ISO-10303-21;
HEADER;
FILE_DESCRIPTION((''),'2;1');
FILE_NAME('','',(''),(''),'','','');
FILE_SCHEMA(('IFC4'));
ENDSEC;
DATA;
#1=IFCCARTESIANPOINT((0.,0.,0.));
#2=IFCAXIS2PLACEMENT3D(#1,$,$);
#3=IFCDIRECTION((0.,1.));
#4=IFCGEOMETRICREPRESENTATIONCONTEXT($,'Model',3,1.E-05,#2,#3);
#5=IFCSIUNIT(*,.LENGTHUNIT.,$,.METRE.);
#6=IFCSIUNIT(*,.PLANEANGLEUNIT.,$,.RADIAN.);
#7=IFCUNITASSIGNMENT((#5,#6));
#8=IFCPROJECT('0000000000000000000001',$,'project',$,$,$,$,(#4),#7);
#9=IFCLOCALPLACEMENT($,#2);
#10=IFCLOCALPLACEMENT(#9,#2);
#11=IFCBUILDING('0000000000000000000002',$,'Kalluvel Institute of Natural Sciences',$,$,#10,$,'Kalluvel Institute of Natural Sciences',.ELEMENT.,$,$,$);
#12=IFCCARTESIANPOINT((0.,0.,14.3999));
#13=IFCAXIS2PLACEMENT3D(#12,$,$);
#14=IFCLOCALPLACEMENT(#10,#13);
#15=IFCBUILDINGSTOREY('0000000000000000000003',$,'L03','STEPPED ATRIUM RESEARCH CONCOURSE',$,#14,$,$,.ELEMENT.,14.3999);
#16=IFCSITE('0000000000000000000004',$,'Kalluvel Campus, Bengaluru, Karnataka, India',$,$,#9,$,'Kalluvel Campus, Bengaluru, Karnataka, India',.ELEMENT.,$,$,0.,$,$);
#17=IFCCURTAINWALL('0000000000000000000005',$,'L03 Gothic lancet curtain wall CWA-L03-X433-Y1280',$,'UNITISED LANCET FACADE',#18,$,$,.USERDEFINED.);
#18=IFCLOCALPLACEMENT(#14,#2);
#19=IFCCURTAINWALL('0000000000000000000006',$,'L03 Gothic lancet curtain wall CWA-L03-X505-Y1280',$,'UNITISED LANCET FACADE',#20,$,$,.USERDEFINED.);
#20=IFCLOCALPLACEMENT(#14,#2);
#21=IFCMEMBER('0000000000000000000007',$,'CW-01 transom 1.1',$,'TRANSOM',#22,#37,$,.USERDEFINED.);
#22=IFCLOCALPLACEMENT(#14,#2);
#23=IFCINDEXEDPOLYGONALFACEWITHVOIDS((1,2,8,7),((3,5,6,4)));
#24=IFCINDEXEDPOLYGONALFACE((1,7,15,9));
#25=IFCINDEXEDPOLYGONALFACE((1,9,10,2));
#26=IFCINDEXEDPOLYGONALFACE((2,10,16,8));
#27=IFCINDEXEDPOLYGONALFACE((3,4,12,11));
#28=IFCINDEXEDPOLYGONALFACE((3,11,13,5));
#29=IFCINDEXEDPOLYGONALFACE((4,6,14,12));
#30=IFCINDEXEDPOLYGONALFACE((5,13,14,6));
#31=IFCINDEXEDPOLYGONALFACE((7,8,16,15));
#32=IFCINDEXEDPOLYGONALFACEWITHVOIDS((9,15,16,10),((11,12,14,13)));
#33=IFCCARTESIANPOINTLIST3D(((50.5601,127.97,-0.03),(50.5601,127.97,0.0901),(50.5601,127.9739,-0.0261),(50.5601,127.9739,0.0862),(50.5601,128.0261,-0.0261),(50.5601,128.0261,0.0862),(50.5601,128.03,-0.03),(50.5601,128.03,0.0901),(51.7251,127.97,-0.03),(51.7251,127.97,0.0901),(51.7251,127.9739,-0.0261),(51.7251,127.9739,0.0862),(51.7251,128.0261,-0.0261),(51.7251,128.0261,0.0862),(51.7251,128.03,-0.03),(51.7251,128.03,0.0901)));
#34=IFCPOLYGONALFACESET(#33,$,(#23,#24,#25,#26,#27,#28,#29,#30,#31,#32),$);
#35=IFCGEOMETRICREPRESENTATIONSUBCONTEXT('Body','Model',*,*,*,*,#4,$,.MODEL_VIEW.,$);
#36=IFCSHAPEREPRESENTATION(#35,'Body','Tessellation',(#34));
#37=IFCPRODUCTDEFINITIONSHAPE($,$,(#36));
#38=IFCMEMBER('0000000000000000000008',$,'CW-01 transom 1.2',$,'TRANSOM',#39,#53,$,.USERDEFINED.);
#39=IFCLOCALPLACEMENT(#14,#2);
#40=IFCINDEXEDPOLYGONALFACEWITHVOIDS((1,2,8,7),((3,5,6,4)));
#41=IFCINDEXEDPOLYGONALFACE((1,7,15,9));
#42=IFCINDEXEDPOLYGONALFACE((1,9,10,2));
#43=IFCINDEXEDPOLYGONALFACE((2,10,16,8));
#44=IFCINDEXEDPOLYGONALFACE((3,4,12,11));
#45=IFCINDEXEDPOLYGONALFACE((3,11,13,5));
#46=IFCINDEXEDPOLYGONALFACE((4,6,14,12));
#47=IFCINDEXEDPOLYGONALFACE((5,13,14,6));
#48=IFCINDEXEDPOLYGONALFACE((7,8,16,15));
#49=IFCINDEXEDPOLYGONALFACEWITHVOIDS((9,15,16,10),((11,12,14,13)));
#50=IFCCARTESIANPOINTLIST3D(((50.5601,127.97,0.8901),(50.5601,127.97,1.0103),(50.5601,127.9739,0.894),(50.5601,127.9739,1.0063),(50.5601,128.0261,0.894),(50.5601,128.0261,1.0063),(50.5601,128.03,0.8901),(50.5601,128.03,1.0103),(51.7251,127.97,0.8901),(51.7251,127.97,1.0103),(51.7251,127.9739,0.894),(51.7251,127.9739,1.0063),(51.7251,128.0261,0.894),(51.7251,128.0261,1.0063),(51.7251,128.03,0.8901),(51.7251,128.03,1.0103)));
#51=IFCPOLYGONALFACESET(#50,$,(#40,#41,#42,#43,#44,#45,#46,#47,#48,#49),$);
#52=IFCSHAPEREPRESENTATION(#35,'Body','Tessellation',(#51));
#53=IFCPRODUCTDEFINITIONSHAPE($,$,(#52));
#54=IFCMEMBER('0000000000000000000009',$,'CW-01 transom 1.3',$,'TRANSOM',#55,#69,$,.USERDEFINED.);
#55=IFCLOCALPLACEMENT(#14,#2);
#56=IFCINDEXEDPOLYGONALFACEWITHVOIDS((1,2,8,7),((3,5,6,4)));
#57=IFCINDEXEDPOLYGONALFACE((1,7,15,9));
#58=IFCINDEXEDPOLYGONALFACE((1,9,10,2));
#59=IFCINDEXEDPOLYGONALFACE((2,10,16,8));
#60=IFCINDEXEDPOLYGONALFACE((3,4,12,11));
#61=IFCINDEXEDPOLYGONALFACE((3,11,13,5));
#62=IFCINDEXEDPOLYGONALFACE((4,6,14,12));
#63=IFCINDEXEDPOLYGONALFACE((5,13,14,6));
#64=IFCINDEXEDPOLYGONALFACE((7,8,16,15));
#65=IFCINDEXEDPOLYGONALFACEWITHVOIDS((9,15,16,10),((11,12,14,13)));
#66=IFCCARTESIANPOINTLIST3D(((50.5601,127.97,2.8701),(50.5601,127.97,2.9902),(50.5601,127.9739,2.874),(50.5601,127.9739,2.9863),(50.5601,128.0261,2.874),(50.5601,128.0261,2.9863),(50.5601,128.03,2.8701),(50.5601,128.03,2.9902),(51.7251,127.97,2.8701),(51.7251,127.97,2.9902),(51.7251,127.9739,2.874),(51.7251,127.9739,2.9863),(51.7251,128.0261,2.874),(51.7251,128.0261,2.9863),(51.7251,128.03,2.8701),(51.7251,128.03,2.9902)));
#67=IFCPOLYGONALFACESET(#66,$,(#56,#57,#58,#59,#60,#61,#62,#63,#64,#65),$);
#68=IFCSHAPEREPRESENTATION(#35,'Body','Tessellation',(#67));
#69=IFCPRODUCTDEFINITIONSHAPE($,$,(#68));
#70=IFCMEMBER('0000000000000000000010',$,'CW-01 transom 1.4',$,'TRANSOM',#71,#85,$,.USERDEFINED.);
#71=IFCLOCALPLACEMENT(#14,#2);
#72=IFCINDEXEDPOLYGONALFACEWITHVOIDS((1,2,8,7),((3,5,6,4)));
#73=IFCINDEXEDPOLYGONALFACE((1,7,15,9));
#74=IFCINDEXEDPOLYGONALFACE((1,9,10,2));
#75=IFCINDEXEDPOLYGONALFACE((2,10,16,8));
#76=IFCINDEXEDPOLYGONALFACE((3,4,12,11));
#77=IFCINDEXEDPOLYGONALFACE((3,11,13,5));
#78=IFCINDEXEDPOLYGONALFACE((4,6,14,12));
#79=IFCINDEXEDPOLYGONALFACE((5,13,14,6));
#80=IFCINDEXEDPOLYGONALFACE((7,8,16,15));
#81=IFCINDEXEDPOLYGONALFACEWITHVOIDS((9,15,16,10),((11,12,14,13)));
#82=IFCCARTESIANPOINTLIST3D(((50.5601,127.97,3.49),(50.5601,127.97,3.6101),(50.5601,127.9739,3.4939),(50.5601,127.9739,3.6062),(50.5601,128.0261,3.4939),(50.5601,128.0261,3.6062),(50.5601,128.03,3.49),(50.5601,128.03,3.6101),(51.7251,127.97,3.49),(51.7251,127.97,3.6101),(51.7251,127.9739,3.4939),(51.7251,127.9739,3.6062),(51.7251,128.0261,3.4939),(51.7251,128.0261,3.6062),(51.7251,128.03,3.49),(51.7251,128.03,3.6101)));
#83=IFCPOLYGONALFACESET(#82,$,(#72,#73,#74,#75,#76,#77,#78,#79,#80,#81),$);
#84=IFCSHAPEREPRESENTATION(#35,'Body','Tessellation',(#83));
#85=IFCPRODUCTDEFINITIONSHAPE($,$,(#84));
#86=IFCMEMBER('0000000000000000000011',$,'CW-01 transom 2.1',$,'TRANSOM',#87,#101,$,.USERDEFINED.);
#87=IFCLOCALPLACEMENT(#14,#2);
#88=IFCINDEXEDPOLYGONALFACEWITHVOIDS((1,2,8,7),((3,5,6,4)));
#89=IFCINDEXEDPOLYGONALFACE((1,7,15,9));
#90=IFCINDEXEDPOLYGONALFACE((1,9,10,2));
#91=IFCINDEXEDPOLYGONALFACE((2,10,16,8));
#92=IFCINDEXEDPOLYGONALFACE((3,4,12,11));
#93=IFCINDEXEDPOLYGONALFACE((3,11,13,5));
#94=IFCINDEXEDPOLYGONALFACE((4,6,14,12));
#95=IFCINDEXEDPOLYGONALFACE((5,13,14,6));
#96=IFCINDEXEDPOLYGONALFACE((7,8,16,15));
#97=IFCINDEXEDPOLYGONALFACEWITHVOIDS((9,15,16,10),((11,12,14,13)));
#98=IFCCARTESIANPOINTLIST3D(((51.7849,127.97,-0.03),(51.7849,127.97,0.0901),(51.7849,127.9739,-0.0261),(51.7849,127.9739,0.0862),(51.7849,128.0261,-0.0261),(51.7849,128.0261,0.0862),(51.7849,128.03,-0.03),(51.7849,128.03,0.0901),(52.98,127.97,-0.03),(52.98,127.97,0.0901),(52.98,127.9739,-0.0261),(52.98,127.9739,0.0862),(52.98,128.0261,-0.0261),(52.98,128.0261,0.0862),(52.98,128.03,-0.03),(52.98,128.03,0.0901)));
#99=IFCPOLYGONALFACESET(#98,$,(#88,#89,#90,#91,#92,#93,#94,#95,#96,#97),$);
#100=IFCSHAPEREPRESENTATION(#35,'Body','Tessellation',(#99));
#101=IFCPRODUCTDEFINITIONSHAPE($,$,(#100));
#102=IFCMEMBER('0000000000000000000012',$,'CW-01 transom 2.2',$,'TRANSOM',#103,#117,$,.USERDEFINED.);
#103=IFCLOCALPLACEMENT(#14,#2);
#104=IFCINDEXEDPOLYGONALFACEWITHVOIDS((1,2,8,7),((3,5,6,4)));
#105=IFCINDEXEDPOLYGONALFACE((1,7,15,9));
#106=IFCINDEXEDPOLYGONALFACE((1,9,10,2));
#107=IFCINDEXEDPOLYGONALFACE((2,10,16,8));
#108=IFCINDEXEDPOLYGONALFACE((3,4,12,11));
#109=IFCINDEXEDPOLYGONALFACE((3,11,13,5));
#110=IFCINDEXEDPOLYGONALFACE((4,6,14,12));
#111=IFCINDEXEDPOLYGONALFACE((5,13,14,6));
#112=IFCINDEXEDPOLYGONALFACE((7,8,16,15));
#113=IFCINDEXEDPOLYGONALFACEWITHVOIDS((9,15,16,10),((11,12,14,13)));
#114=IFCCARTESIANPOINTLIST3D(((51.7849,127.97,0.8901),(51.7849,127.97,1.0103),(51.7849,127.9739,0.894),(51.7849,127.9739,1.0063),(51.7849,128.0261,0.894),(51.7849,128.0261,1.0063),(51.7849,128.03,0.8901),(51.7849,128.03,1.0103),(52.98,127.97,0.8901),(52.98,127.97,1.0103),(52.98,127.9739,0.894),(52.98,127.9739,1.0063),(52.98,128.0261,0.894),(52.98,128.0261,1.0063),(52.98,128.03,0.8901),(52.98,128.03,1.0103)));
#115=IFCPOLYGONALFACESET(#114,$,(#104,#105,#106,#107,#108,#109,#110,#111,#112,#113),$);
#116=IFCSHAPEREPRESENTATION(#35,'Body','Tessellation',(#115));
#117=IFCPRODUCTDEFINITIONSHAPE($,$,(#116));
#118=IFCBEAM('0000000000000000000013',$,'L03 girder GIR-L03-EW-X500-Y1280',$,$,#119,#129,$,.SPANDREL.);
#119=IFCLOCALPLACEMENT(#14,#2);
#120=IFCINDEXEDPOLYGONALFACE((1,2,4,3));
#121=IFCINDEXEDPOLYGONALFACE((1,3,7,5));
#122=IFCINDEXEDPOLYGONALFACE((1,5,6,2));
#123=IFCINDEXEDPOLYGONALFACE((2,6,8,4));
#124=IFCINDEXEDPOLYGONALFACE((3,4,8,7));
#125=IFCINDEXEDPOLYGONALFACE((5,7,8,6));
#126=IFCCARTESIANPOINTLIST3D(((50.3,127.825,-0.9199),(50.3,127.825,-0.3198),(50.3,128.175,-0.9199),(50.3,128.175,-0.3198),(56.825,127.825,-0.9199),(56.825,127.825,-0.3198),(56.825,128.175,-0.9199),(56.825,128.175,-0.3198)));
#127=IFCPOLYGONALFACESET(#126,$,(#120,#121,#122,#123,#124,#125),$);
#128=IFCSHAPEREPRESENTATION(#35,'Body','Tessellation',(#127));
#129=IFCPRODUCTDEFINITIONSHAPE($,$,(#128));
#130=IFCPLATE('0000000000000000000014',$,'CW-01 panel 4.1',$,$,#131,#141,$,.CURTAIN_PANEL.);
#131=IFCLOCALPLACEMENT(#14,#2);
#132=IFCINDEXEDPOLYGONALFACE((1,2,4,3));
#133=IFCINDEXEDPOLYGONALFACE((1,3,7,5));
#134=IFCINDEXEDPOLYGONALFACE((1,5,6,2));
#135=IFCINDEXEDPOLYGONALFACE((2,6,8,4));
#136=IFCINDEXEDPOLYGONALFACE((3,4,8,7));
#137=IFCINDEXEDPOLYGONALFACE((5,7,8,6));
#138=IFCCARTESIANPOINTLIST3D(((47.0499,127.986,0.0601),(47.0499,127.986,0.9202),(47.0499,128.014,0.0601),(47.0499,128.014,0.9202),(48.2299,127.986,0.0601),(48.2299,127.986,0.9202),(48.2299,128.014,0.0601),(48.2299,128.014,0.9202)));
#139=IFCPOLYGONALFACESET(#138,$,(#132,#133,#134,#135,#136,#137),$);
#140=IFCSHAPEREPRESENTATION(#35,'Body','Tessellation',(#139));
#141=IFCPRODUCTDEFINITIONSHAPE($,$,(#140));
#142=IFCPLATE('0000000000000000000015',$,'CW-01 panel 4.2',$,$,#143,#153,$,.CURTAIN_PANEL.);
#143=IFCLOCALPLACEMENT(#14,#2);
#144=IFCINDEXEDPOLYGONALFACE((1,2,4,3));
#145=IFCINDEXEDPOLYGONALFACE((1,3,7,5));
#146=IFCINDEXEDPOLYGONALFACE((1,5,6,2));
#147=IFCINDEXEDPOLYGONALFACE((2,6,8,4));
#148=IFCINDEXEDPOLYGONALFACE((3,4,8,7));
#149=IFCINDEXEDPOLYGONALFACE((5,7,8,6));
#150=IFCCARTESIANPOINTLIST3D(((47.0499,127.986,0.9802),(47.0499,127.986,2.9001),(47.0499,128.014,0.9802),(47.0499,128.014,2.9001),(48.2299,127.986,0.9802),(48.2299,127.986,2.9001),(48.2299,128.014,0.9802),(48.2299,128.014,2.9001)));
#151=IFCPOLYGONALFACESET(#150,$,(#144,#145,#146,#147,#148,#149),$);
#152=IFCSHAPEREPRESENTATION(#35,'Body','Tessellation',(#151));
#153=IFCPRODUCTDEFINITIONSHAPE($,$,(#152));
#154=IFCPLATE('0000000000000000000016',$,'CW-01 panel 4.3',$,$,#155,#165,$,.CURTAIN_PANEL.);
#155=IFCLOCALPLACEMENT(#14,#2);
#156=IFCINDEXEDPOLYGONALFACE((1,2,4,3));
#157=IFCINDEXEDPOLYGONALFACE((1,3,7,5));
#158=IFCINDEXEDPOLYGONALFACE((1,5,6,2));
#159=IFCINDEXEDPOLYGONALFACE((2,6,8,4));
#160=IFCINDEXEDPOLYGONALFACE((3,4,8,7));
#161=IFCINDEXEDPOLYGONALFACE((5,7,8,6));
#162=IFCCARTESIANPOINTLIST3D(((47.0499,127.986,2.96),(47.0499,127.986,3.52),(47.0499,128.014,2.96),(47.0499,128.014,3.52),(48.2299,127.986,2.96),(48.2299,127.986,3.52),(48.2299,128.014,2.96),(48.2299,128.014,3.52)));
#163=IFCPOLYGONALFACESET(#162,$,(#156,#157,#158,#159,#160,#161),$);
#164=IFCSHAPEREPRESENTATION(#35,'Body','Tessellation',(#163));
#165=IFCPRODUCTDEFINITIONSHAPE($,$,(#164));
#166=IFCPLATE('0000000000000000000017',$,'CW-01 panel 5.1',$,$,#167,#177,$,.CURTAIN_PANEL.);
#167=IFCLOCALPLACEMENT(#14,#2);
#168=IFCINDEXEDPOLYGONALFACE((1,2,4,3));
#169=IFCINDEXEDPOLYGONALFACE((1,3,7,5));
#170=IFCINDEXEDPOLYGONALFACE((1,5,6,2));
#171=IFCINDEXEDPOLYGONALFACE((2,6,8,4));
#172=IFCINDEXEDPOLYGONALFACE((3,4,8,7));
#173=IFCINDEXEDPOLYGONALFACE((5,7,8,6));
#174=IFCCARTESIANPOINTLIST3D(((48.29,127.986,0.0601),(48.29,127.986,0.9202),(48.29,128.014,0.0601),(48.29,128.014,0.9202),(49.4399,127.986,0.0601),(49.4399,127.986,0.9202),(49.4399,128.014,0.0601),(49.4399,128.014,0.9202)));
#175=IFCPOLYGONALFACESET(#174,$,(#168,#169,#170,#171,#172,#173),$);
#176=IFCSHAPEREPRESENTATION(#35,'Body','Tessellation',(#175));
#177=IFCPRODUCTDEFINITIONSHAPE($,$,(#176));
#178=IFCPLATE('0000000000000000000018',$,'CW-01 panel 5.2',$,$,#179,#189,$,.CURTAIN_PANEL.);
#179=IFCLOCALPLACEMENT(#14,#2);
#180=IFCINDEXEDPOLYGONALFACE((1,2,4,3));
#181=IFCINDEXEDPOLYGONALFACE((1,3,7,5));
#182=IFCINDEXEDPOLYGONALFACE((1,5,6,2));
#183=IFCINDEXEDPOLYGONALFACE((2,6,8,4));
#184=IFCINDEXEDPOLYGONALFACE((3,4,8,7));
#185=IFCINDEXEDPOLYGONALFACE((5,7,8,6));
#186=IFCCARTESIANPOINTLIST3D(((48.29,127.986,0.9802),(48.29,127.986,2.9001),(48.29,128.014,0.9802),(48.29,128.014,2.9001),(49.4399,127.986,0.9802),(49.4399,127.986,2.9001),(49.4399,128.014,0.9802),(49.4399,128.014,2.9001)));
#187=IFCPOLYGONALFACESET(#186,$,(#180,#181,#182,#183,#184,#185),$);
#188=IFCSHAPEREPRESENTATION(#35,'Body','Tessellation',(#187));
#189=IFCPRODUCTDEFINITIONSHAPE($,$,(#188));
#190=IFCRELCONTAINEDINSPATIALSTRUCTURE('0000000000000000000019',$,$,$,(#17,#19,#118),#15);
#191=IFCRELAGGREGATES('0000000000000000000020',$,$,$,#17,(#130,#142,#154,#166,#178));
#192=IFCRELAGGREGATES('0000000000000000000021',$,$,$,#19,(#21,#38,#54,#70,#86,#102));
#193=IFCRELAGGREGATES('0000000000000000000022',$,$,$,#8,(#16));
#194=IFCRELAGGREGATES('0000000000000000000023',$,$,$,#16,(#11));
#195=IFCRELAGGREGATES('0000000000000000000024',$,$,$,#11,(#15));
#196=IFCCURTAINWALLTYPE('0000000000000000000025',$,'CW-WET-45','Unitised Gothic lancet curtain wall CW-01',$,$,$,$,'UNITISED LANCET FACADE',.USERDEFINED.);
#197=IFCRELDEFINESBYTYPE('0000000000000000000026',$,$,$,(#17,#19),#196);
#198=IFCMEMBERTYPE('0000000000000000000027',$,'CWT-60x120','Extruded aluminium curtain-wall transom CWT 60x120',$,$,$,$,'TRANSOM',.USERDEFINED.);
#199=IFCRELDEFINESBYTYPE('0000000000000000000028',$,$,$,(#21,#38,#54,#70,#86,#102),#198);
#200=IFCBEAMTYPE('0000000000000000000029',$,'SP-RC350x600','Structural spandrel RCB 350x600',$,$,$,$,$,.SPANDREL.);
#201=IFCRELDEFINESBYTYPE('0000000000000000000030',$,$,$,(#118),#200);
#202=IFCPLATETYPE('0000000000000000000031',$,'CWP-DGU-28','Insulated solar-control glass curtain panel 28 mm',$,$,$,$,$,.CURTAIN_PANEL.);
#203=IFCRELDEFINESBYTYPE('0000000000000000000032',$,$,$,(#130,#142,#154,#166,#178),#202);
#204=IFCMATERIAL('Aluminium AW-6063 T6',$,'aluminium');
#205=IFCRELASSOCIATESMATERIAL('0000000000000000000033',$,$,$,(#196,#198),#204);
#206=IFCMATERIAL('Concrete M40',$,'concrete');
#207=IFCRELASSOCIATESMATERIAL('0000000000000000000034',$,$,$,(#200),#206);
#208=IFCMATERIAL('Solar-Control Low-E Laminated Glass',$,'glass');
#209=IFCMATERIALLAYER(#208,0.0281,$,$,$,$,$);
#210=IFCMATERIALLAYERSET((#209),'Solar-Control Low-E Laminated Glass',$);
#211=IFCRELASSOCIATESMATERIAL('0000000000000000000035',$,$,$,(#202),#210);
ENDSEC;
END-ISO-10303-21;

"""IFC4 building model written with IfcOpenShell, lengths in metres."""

from ifc_helpers import new_model, si_unit, direction, frame, origin, origin_2d, place, context, subcontext, project, spatial, rectangle, hollow_rectangle, extrude, material, layer, layer_set, material_profile, profile_set, type_object, element, aggregate, save


model = new_model("IFC4")

# Units and contexts
model_context = context("Model", 3, precision=1e-05, world=origin(), true_north=direction((0.0, 1.0)))
body_context = subcontext(model_context, "Body", "Model", "MODEL_VIEW")
ifc_project = project(units=[si_unit("LENGTHUNIT", "METRE"), si_unit("PLANEANGLEUNIT", "RADIAN")], contexts=[model_context])

# Site, building, storey
site_placement = place(None, origin())
site = spatial("IfcSite", under=ifc_project, at=site_placement, Name="Kalluvel Campus, Bengaluru, Karnataka, India", LongName="Kalluvel Campus, Bengaluru, Karnataka, India", CompositionType="ELEMENT", RefElevation=0.0)
building_placement = place(site_placement, origin())
building = spatial("IfcBuilding", under=site, at=building_placement, Name="Kalluvel Institute of Natural Sciences", LongName="Kalluvel Institute of Natural Sciences", CompositionType="ELEMENT")
storey_placement = place(building_placement, frame((0.0, 0.0, 14.3999)))
storey = spatial("IfcBuildingStorey", under=building, at=storey_placement, Name="L03", Description="STEPPED ATRIUM RESEARCH CONCOURSE", CompositionType="ELEMENT", Elevation=14.3999)

# Curtain walls
ifc_material_1 = material(Name="Aluminium AW-6063 T6", Category="aluminium")
curtain_wall_type = type_object("IfcCurtainWallType", Name="CW-WET-45", Description="Unitised Gothic lancet curtain wall CW-01", ElementType="UNITISED LANCET FACADE", PredefinedType="USERDEFINED", material=ifc_material_1)
curtain_wall_1_placement = place(storey_placement, origin())
curtain_wall_1 = element("IfcCurtainWall", 1, at=curtain_wall_1_placement, inside=storey, type_object=curtain_wall_type, Name="L03 Gothic lancet curtain wall CWA-L03-X433-Y1280", ObjectType="UNITISED LANCET FACADE", PredefinedType="USERDEFINED")
curtain_wall_2_placement = place(storey_placement, origin())
curtain_wall_2 = element("IfcCurtainWall", 2, at=curtain_wall_2_placement, inside=storey, type_object=curtain_wall_type, Name="L03 Gothic lancet curtain wall CWA-L03-X505-Y1280", ObjectType="UNITISED LANCET FACADE", PredefinedType="USERDEFINED")

# Members
ifc_material_profile_1 = material_profile(ifc_material_1, hollow_rectangle(XDim=0.0601, YDim=0.1201, WallThickness=0.0039, at=origin_2d()), Name="CWT 60x120")
ifc_profile_set_1 = profile_set([ifc_material_profile_1], Name="Aluminium AW-6063 T6")
member_type_1 = type_object("IfcMemberType", Name="CWT-60x120", Description="Extruded aluminium curtain-wall transom CWT 60x120", ElementType="TRANSOM", PredefinedType="USERDEFINED", material=ifc_profile_set_1)
member_1_placement = place(storey_placement, frame((50.5601, 128.0, 0.03), z_axis=(1.0, 0.0, 0.0), x_axis=(0.0, 1.0, 0.0)))
member_1 = element("IfcMember", 3, at=member_1_placement, type_object=member_type_1, Name="CW-01 transom 1.1", ObjectType="TRANSOM", PredefinedType="USERDEFINED", context=body_context, shape_type="SweptSolid", body=[
    extrude(hollow_rectangle(XDim=0.0601, YDim=0.1201, WallThickness=0.0039, at=origin_2d()), origin(), (0.0, 0.0, 1.0), 1.165),
])
member_2_placement = place(storey_placement, frame((50.5601, 128.0, 0.9502), z_axis=(1.0, 0.0, 0.0), x_axis=(0.0, 1.0, 0.0)))
member_2 = element("IfcMember", 4, at=member_2_placement, type_object=member_type_1, Name="CW-01 transom 1.2", ObjectType="TRANSOM", PredefinedType="USERDEFINED", context=body_context, shape_type="SweptSolid", body=[
    extrude(hollow_rectangle(XDim=0.0601, YDim=0.1201, WallThickness=0.0039, at=origin_2d()), origin(), (0.0, 0.0, 1.0), 1.165),
])
member_3_placement = place(storey_placement, frame((50.5601, 128.0, 2.9302), z_axis=(1.0, 0.0, 0.0), x_axis=(0.0, 1.0, 0.0)))
member_3 = element("IfcMember", 5, at=member_3_placement, type_object=member_type_1, Name="CW-01 transom 1.3", ObjectType="TRANSOM", PredefinedType="USERDEFINED", context=body_context, shape_type="SweptSolid", body=[
    extrude(hollow_rectangle(XDim=0.0601, YDim=0.1201, WallThickness=0.0039, at=origin_2d()), origin(), (0.0, 0.0, 1.0), 1.165),
])
member_4_placement = place(storey_placement, frame((50.5601, 128.0, 3.55), z_axis=(1.0, 0.0, 0.0), x_axis=(0.0, 1.0, 0.0)))
member_4 = element("IfcMember", 6, at=member_4_placement, type_object=member_type_1, Name="CW-01 transom 1.4", ObjectType="TRANSOM", PredefinedType="USERDEFINED", context=body_context, shape_type="SweptSolid", body=[
    extrude(hollow_rectangle(XDim=0.0601, YDim=0.1201, WallThickness=0.0039, at=origin_2d()), origin(), (0.0, 0.0, 1.0), 1.165),
])
member_5_placement = place(storey_placement, frame((51.7849, 128.0, 0.03), z_axis=(1.0, 0.0, 0.0), x_axis=(0.0, 1.0, 0.0)))
member_5 = element("IfcMember", 7, at=member_5_placement, type_object=member_type_1, Name="CW-01 transom 2.1", ObjectType="TRANSOM", PredefinedType="USERDEFINED", context=body_context, shape_type="SweptSolid", body=[
    extrude(hollow_rectangle(XDim=0.0601, YDim=0.1201, WallThickness=0.0039, at=origin_2d()), origin(), (0.0, 0.0, 1.0), 1.1951),
])
member_6_placement = place(storey_placement, frame((51.7849, 128.0, 0.9502), z_axis=(1.0, 0.0, 0.0), x_axis=(0.0, 1.0, 0.0)))
member_6 = element("IfcMember", 8, at=member_6_placement, type_object=member_type_1, Name="CW-01 transom 2.2", ObjectType="TRANSOM", PredefinedType="USERDEFINED", context=body_context, shape_type="SweptSolid", body=[
    extrude(hollow_rectangle(XDim=0.0601, YDim=0.1201, WallThickness=0.0039, at=origin_2d()), origin(), (0.0, 0.0, 1.0), 1.1951),
])

# Beam
ifc_material_2 = material(Name="Concrete M40", Category="concrete")
ifc_material_profile_2 = material_profile(ifc_material_2, rectangle(XDim=0.3501, YDim=0.6001, at=origin_2d()), Name="RCB 350x600")
ifc_profile_set_2 = profile_set([ifc_material_profile_2], Name="Concrete M40")
beam_type = type_object("IfcBeamType", Name="SP-RC350x600", Description="Structural spandrel RCB 350x600", PredefinedType="SPANDREL", material=ifc_profile_set_2)
beam_placement = place(storey_placement, frame((50.3, 128.0, -0.6199), z_axis=(1.0, 0.0, 0.0), x_axis=(0.0, 1.0, 0.0)))
element("IfcBeam", 9, at=beam_placement, inside=storey, type_object=beam_type, Name="L03 girder GIR-L03-EW-X500-Y1280", PredefinedType="SPANDREL", context=body_context, shape_type="SweptSolid", body=[
    extrude(rectangle(XDim=0.3501, YDim=0.6001, at=origin_2d()), origin(), (0.0, 0.0, 1.0), 6.5249),
])

# Plates
ifc_material_3 = material(Name="Solar-Control Low-E Laminated Glass", Category="glass")
ifc_layer = layer(ifc_material_3, 0.0281)
ifc_layer_set = layer_set([ifc_layer], Name="Solar-Control Low-E Laminated Glass")
plate_type = type_object("IfcPlateType", Name="CWP-DGU-28", Description="Insulated solar-control glass curtain panel 28 mm", PredefinedType="CURTAIN_PANEL", material=ifc_layer_set)
plate_1_placement = place(storey_placement, frame((47.6399, 128.0, 0.0601), z_axis=(0.0, 0.0, 1.0), x_axis=(1.0, 0.0, 0.0)))
plate_1 = element("IfcPlate", 10, at=plate_1_placement, type_object=plate_type, Name="CW-01 panel 4.1", PredefinedType="CURTAIN_PANEL", context=body_context, shape_type="SweptSolid", body=[
    extrude(rectangle(XDim=1.1799, YDim=0.0281, at=origin_2d()), origin(), (0.0, 0.0, 1.0), 0.8601),
])
plate_2_placement = place(storey_placement, frame((47.6399, 128.0, 0.9802), z_axis=(0.0, 0.0, 1.0), x_axis=(1.0, 0.0, 0.0)))
plate_2 = element("IfcPlate", 11, at=plate_2_placement, type_object=plate_type, Name="CW-01 panel 4.2", PredefinedType="CURTAIN_PANEL", context=body_context, shape_type="SweptSolid", body=[
    extrude(rectangle(XDim=1.1799, YDim=0.0281, at=origin_2d()), origin(), (0.0, 0.0, 1.0), 1.9199),
])
plate_3_placement = place(storey_placement, frame((47.6399, 128.0, 2.96), z_axis=(0.0, 0.0, 1.0), x_axis=(1.0, 0.0, 0.0)))
plate_3 = element("IfcPlate", 12, at=plate_3_placement, type_object=plate_type, Name="CW-01 panel 4.3", PredefinedType="CURTAIN_PANEL", context=body_context, shape_type="SweptSolid", body=[
    extrude(rectangle(XDim=1.1799, YDim=0.0281, at=origin_2d()), origin(), (0.0, 0.0, 1.0), 0.5601),
])
plate_4_placement = place(storey_placement, frame((48.865, 128.0, 0.0601), z_axis=(0.0, 0.0, 1.0), x_axis=(1.0, 0.0, 0.0)))
plate_4 = element("IfcPlate", 13, at=plate_4_placement, type_object=plate_type, Name="CW-01 panel 5.1", PredefinedType="CURTAIN_PANEL", context=body_context, shape_type="SweptSolid", body=[
    extrude(rectangle(XDim=1.1499, YDim=0.0281, at=origin_2d()), origin(), (0.0, 0.0, 1.0), 0.8601),
])
plate_5_placement = place(storey_placement, frame((48.865, 128.0, 0.9802), z_axis=(0.0, 0.0, 1.0), x_axis=(1.0, 0.0, 0.0)))
plate_5 = element("IfcPlate", 14, at=plate_5_placement, type_object=plate_type, Name="CW-01 panel 5.2", PredefinedType="CURTAIN_PANEL", context=body_context, shape_type="SweptSolid", body=[
    extrude(rectangle(XDim=1.1499, YDim=0.0281, at=origin_2d()), origin(), (0.0, 0.0, 1.0), 1.9199),
])
aggregate(curtain_wall_1, [plate_1, plate_2, plate_3, plate_4, plate_5])
aggregate(curtain_wall_2, [member_1, member_2, member_3, member_4, member_5, member_6])

save(model, "model.ifc")
